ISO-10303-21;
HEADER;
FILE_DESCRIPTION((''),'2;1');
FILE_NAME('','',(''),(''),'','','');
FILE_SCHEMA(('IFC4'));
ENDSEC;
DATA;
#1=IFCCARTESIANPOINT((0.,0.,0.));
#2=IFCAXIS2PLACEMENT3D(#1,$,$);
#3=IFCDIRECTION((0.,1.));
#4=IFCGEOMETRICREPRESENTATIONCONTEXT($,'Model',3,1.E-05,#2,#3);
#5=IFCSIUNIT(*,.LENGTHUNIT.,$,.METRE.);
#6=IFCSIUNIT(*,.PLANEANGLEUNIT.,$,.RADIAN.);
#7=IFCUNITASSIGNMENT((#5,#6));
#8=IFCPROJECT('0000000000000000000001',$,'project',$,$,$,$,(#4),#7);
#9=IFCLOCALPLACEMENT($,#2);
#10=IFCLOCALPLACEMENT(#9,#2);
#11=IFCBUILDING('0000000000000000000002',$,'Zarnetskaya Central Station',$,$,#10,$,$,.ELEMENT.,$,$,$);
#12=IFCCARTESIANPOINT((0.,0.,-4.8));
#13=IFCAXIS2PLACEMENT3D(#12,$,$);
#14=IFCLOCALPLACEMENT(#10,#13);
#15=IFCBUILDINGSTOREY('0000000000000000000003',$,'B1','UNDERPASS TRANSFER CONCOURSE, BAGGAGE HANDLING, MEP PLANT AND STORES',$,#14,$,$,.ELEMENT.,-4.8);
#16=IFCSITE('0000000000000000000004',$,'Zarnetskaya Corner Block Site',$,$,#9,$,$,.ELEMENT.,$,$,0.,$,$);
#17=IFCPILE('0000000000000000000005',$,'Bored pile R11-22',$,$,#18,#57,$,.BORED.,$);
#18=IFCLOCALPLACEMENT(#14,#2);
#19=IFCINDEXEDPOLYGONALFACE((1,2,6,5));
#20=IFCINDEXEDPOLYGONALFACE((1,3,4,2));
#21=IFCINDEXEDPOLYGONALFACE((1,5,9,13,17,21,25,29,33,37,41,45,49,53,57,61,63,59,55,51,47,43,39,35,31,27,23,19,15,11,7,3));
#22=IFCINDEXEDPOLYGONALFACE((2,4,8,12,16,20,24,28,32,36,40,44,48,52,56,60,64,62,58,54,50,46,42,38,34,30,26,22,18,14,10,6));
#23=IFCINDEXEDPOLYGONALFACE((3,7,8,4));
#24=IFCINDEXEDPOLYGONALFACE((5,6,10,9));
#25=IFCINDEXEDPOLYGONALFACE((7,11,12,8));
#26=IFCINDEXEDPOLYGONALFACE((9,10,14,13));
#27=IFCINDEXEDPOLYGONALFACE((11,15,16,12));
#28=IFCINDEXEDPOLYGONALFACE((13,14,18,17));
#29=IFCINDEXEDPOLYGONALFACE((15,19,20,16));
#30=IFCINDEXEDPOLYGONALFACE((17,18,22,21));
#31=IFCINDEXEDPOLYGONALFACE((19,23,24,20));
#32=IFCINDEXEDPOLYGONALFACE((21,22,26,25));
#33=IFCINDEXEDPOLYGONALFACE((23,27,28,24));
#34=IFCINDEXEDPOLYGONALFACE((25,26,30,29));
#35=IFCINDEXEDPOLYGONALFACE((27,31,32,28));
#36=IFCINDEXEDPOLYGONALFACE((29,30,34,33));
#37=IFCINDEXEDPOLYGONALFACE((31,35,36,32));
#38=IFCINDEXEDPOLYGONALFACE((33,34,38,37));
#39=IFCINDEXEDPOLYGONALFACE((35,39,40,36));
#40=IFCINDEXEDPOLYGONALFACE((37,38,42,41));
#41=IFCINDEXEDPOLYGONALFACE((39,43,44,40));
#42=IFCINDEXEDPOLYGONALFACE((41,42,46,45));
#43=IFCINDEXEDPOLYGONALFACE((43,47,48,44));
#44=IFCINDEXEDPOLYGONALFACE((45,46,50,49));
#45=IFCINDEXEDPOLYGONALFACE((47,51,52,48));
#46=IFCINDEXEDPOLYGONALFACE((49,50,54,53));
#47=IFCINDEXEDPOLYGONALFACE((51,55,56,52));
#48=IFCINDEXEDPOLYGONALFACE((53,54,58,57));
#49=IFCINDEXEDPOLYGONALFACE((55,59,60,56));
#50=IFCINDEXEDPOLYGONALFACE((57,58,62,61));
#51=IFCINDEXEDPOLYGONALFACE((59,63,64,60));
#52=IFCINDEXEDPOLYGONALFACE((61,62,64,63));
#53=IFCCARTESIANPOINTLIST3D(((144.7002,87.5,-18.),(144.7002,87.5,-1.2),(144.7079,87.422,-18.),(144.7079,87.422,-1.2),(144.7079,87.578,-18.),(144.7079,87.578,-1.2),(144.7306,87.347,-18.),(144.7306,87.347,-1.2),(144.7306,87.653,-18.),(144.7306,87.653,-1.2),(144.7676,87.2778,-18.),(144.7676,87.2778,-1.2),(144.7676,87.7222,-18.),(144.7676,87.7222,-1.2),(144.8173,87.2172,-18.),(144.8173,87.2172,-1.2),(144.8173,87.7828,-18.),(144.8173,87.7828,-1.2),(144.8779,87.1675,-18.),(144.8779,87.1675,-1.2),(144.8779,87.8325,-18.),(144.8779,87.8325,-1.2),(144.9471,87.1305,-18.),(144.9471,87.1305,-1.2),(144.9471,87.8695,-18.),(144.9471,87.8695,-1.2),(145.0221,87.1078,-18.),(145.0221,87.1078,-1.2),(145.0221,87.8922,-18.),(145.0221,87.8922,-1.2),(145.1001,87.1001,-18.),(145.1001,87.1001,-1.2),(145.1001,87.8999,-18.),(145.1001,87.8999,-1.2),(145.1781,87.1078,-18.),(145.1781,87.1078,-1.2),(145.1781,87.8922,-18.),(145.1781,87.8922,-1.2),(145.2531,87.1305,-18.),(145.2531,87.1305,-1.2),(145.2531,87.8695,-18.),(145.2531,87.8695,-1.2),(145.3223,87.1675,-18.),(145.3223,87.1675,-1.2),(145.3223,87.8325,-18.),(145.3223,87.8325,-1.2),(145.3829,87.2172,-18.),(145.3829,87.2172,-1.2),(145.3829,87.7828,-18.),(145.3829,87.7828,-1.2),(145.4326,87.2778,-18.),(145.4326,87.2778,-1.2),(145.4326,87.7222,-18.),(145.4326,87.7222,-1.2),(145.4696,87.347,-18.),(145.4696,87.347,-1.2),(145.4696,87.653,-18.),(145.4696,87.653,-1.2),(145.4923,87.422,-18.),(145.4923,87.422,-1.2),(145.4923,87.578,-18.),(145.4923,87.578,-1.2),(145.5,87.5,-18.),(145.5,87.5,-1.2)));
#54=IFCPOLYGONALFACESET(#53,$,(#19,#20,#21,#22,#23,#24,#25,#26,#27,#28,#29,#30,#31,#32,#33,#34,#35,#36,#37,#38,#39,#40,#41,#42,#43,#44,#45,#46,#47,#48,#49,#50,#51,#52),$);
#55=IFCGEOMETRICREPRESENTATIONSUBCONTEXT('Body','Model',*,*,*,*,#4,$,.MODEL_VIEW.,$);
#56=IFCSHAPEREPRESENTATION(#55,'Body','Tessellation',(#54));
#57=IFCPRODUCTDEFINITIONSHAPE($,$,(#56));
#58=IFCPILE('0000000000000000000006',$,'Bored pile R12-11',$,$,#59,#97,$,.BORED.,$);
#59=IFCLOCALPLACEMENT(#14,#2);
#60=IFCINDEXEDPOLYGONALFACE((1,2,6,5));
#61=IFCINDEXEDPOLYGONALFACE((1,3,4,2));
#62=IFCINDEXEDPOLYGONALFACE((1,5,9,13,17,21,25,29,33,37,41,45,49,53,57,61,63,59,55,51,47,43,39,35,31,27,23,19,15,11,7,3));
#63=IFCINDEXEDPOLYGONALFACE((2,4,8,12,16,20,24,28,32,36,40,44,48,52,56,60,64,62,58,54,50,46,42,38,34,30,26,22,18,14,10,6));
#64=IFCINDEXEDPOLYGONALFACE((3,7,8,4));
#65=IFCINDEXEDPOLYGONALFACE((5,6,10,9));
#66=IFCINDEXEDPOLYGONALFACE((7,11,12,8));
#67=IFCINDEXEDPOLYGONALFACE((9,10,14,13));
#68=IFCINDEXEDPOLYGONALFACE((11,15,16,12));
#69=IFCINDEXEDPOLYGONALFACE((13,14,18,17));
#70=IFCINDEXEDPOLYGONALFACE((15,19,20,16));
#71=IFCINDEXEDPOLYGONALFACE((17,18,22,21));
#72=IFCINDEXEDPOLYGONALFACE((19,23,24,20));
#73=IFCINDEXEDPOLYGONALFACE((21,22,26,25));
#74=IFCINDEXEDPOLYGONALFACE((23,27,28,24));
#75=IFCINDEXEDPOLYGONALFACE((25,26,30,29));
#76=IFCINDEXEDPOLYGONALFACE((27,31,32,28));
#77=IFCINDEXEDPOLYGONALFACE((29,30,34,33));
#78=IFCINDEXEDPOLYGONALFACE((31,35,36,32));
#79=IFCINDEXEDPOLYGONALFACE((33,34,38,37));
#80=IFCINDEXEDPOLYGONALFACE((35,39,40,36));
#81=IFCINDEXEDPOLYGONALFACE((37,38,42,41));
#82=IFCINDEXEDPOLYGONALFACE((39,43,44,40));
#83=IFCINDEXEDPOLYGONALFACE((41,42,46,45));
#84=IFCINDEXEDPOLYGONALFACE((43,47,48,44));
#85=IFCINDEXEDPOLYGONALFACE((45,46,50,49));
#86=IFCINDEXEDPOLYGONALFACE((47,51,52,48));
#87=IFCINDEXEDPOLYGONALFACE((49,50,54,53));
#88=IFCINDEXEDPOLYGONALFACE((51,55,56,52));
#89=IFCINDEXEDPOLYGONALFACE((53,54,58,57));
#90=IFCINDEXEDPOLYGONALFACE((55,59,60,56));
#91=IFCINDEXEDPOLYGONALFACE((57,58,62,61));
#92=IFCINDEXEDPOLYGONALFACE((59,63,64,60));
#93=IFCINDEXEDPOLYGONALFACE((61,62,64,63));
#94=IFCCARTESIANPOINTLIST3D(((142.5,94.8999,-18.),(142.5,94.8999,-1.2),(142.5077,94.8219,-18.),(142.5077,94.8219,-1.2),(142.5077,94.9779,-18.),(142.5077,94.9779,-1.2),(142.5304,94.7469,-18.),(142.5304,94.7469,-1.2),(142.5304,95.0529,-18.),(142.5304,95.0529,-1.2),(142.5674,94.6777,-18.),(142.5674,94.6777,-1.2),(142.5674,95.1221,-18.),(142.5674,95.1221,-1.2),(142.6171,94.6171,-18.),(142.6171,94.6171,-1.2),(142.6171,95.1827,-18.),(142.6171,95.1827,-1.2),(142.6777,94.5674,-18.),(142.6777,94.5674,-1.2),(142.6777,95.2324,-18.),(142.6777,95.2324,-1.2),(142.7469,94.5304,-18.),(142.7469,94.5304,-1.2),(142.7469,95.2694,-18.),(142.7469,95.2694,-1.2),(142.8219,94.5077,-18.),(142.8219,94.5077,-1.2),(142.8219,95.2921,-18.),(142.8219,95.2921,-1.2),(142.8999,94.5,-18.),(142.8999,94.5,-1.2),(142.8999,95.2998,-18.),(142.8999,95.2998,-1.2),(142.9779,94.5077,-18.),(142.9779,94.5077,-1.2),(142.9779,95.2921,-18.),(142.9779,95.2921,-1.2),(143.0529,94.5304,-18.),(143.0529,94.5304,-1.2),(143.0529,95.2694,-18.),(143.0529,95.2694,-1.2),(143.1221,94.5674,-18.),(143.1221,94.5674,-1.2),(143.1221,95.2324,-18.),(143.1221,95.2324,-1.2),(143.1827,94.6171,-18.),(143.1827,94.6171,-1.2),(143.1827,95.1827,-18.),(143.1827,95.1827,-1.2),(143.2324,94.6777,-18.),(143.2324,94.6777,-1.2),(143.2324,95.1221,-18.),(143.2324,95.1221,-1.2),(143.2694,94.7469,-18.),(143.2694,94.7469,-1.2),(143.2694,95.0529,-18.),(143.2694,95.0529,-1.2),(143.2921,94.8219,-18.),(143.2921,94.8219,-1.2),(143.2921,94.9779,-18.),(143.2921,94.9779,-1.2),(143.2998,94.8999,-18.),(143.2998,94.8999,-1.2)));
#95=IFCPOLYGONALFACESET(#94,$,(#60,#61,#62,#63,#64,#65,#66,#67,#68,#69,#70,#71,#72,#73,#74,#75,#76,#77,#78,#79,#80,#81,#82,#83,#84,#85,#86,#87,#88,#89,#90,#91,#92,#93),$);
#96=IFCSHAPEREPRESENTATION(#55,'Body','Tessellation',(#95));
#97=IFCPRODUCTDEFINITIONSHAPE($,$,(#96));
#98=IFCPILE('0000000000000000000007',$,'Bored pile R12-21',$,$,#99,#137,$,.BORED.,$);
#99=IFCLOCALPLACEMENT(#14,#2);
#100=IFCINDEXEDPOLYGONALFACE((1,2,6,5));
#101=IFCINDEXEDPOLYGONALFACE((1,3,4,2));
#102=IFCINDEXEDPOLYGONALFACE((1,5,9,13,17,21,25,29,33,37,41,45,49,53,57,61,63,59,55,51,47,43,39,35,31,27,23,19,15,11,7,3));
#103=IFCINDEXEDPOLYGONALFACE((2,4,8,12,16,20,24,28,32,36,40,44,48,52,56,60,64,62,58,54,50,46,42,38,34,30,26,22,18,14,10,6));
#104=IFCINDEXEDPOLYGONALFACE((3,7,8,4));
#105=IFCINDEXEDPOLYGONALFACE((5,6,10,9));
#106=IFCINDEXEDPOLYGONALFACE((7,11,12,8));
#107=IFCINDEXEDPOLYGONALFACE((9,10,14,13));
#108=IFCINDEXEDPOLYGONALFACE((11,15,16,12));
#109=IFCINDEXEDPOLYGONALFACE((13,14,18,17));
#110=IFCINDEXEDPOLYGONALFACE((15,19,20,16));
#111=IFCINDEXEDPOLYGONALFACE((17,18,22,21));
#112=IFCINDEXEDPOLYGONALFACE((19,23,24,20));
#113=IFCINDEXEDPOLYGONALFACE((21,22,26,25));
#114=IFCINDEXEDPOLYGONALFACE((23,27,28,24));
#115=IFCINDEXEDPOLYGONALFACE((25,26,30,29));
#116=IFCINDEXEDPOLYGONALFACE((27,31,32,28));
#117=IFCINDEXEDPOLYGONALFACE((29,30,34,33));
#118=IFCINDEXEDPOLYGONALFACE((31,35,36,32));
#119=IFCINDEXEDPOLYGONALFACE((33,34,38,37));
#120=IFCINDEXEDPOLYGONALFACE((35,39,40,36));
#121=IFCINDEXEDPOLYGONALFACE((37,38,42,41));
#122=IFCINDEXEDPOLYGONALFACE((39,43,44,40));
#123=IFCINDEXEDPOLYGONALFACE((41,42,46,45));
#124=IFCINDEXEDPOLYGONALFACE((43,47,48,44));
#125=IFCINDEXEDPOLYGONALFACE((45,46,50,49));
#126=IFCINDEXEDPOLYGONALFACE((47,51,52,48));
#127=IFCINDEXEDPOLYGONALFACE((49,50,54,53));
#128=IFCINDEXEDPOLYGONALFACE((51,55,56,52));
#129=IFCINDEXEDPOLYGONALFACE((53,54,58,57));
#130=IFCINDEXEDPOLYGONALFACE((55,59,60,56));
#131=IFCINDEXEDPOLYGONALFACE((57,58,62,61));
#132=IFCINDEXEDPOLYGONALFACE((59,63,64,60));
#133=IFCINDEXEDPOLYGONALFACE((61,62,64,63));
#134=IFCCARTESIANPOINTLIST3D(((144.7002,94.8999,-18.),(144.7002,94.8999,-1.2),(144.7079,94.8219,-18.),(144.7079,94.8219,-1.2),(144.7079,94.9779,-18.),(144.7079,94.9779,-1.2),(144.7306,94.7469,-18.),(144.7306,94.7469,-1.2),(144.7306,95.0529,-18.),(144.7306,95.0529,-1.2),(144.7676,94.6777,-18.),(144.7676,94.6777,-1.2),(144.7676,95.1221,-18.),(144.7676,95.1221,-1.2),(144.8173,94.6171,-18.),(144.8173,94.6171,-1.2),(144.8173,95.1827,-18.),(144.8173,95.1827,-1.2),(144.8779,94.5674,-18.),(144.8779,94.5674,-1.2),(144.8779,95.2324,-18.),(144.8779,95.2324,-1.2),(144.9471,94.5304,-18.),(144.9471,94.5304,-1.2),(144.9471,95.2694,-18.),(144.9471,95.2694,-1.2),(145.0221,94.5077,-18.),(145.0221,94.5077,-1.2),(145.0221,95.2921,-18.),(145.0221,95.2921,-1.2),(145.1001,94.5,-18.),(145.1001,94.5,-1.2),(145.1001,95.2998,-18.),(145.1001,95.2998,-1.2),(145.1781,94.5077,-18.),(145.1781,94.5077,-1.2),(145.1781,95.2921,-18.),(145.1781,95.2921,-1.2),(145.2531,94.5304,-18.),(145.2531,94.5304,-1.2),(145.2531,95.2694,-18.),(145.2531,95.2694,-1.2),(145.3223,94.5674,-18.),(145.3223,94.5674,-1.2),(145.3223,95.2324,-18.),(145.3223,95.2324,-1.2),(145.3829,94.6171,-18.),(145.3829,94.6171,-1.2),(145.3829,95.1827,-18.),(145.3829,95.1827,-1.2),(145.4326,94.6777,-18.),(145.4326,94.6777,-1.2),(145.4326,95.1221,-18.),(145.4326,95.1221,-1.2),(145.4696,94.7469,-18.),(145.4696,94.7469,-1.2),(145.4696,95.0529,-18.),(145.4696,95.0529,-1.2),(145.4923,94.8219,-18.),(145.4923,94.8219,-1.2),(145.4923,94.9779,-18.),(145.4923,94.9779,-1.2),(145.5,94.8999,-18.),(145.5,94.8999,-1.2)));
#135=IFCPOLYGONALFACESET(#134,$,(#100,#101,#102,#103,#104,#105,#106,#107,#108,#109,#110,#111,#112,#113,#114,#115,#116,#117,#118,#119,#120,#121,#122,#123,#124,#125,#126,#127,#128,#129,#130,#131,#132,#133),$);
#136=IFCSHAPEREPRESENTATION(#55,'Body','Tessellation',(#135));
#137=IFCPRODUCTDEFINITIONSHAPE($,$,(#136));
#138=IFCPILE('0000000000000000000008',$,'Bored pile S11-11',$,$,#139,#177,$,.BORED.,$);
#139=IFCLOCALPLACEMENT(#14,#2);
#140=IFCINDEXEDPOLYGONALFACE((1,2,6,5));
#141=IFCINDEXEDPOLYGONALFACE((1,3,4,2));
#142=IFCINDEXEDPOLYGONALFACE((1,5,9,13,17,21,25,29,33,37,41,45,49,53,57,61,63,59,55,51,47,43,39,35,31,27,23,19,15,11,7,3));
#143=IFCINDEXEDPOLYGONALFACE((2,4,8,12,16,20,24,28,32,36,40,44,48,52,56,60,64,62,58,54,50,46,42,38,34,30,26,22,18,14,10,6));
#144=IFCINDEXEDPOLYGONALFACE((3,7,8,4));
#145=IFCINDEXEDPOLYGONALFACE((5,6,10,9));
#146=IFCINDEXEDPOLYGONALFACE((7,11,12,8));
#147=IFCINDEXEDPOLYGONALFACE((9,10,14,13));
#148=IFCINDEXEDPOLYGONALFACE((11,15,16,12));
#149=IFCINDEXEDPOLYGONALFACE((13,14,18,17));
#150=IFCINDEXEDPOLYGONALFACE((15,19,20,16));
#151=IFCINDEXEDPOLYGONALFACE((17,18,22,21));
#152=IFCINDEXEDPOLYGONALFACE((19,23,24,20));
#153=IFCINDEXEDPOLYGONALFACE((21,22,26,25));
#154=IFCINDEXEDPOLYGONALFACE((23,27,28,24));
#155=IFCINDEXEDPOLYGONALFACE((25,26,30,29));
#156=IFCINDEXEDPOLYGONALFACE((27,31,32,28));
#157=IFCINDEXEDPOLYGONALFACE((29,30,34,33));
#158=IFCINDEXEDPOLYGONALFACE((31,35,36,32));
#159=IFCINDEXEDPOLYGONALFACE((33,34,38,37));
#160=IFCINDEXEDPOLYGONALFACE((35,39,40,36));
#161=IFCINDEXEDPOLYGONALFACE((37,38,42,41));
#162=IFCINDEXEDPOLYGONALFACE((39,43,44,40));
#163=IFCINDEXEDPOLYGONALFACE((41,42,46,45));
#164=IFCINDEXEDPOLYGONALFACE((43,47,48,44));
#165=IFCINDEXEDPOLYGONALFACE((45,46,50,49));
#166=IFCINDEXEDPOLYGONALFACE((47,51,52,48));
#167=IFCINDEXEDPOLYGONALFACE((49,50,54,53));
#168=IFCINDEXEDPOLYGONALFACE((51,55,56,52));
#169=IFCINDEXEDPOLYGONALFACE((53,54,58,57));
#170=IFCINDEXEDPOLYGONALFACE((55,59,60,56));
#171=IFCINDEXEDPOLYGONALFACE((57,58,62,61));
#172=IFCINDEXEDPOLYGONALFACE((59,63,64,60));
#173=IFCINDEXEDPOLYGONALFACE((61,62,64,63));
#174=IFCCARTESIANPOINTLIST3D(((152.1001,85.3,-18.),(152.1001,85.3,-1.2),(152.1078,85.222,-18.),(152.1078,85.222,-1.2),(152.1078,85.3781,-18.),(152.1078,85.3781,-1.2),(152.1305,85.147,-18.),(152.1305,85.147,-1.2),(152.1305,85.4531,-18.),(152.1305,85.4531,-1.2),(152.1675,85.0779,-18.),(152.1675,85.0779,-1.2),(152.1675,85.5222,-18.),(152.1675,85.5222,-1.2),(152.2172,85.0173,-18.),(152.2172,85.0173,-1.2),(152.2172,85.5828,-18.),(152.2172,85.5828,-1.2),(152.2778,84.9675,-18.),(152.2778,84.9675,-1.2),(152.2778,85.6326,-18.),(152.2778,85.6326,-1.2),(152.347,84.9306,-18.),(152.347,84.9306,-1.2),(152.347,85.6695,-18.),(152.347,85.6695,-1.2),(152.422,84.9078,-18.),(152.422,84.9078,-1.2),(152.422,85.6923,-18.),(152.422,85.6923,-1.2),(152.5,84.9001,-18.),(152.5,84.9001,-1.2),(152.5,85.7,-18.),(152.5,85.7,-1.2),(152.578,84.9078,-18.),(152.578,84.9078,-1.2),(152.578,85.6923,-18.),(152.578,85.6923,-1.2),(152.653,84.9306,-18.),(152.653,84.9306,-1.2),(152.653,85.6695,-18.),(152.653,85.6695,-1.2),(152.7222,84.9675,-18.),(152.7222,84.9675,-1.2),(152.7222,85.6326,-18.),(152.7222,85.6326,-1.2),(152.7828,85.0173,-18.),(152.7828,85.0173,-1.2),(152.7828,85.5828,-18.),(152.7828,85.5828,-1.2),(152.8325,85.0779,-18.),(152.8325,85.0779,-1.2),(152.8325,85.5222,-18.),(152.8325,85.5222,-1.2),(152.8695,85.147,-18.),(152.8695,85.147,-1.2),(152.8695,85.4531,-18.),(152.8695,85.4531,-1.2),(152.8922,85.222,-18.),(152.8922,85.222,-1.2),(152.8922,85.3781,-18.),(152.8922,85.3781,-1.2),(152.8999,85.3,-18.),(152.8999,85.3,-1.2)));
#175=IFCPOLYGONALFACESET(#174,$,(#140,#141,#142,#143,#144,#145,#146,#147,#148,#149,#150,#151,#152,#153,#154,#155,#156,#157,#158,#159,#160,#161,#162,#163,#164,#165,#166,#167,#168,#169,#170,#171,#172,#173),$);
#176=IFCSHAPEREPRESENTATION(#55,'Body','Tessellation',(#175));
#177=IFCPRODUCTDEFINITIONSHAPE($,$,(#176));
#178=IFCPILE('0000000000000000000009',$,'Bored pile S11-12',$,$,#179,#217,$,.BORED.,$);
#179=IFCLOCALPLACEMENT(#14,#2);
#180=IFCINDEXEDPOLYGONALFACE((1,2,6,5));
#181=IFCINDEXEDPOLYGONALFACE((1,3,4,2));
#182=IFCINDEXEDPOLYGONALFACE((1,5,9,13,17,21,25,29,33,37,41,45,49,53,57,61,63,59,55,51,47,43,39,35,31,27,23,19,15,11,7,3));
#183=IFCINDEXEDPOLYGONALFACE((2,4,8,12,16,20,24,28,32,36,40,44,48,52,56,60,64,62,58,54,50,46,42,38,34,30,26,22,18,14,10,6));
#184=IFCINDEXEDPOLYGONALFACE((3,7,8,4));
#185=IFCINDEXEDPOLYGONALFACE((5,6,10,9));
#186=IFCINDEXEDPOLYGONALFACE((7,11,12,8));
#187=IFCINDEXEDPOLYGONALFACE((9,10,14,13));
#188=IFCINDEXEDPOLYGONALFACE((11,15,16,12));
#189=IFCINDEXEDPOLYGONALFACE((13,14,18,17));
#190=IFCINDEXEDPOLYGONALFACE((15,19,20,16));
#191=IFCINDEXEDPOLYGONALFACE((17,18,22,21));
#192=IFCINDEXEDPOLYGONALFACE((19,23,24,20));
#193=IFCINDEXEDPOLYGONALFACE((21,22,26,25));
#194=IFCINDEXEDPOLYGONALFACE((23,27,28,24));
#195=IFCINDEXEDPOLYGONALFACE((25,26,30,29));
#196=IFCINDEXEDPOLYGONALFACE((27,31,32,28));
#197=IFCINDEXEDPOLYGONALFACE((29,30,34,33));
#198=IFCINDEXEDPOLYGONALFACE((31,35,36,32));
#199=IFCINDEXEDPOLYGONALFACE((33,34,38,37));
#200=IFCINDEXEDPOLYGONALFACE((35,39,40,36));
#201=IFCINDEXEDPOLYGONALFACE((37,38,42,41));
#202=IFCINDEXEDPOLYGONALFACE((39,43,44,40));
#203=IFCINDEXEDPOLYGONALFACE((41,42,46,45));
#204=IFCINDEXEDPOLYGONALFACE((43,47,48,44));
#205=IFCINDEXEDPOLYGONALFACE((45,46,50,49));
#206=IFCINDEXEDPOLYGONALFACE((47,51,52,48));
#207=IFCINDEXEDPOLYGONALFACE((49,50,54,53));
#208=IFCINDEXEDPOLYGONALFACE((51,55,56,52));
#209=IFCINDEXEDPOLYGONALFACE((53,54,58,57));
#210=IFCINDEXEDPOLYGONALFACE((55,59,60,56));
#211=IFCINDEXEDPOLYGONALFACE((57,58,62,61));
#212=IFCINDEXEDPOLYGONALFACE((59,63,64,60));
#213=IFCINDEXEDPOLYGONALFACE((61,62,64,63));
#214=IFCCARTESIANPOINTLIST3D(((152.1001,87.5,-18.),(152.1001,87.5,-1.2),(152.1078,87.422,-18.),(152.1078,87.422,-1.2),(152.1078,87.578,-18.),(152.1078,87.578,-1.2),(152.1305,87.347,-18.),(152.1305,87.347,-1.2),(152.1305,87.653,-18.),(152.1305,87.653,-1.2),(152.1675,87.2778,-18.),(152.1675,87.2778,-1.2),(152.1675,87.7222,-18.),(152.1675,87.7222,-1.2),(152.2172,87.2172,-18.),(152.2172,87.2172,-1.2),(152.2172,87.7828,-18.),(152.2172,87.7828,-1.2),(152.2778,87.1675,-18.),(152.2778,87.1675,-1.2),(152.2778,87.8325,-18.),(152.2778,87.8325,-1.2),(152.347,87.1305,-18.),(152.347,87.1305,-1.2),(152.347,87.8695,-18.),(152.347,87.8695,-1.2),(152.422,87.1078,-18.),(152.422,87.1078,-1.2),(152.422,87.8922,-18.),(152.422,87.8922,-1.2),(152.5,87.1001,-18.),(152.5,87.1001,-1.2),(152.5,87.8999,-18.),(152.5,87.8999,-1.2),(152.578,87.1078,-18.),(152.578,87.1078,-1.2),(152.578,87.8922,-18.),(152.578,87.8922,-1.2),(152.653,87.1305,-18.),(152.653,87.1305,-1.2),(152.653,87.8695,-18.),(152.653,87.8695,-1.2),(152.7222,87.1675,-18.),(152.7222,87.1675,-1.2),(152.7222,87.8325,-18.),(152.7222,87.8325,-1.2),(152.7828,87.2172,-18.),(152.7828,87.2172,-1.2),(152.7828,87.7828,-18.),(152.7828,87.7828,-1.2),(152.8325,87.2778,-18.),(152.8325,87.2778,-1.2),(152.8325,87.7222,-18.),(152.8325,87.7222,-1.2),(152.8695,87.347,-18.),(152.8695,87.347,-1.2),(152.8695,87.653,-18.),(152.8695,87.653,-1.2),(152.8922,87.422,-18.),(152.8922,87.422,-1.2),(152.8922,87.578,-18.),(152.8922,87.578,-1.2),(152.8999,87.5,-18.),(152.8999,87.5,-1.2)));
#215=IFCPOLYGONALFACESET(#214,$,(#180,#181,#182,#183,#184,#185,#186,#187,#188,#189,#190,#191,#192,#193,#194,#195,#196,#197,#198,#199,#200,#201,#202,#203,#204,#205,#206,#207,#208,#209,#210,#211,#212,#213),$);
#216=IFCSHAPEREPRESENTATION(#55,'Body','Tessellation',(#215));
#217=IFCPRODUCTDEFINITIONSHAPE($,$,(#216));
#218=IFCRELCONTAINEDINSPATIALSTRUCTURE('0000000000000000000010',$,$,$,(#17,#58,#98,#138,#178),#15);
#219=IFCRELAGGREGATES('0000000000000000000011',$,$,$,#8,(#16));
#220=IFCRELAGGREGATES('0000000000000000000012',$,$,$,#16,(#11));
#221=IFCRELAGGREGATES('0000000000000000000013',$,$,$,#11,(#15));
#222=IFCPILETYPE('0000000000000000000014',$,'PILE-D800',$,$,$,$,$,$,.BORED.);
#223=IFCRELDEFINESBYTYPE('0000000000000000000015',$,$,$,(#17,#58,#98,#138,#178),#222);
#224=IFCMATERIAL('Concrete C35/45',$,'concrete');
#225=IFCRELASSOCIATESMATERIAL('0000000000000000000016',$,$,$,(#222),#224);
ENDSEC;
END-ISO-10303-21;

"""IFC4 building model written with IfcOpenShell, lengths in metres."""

from ifc_helpers import new_model, si_unit, direction, frame, origin, origin_2d, place, context, subcontext, project, spatial, circle, extrude, material, material_profile, profile_set, type_object, element, save


model = new_model("IFC4")

# Units and contexts
model_context = context("Model", 3, precision=1e-05, world=origin(), true_north=direction((0.0, 1.0)))
body_context = subcontext(model_context, "Body", "Model", "MODEL_VIEW")
ifc_project = project(units=[si_unit("LENGTHUNIT", "METRE"), si_unit("PLANEANGLEUNIT", "RADIAN")], contexts=[model_context])

# Site, building, storey
site_placement = place(None, origin())
site = spatial("IfcSite", under=ifc_project, at=site_placement, Name="Zarnetskaya Corner Block Site", CompositionType="ELEMENT", RefElevation=0.0)
building_placement = place(site_placement, origin())
building = spatial("IfcBuilding", under=site, at=building_placement, Name="Zarnetskaya Central Station", CompositionType="ELEMENT")
storey_placement = place(building_placement, frame((0.0, 0.0, -4.8)))
storey = spatial("IfcBuildingStorey", under=building, at=storey_placement, Name="B1", Description="UNDERPASS TRANSFER CONCOURSE, BAGGAGE HANDLING, MEP PLANT AND STORES", CompositionType="ELEMENT", Elevation=-4.8)

# Shared definitions
ifc_material = material(Name="Concrete C35/45", Category="concrete")

# Piles
ifc_material_profile_1 = material_profile(ifc_material, circle(Radius=0.3999, at=origin_2d()), Name="BORED PILE D800")
ifc_profile_set_1 = profile_set([ifc_material_profile_1], Name="Concrete C35/45")
pile_type = type_object("IfcPileType", Name="PILE-D800", PredefinedType="BORED", material=ifc_profile_set_1)
for number, where, z_axis, x_axis, name in (
    (1, (145.1001, 87.5, -1.2), (0.0, 0.0, -1.0), (1.0, 0.0, 0.0), "Bored pile R11-22"),
    (2, (142.8999, 94.8999, -1.2), (0.0, 0.0, -1.0), (1.0, 0.0, 0.0), "Bored pile R12-11"),
    (3, (145.1001, 94.8999, -1.2), (0.0, 0.0, -1.0), (1.0, 0.0, 0.0), "Bored pile R12-21"),
    (4, (152.5, 85.3, -1.2), (0.0, 0.0, -1.0), (1.0, 0.0, 0.0), "Bored pile S11-11"),
    (5, (152.5, 87.5, -1.2), (0.0, 0.0, -1.0), (1.0, 0.0, 0.0), "Bored pile S11-12"),
):
    element("IfcPile", number, at=place(storey_placement, frame(where, z_axis=z_axis, x_axis=x_axis)), inside=storey, type_object=pile_type, Name=name, PredefinedType="BORED", context=body_context, shape_type="SweptSolid", body=[
        extrude(circle(Radius=0.3999, at=origin_2d()), origin(), (0.0, 0.0, 1.0), 16.8),
    ])

save(model, "model.ifc")
